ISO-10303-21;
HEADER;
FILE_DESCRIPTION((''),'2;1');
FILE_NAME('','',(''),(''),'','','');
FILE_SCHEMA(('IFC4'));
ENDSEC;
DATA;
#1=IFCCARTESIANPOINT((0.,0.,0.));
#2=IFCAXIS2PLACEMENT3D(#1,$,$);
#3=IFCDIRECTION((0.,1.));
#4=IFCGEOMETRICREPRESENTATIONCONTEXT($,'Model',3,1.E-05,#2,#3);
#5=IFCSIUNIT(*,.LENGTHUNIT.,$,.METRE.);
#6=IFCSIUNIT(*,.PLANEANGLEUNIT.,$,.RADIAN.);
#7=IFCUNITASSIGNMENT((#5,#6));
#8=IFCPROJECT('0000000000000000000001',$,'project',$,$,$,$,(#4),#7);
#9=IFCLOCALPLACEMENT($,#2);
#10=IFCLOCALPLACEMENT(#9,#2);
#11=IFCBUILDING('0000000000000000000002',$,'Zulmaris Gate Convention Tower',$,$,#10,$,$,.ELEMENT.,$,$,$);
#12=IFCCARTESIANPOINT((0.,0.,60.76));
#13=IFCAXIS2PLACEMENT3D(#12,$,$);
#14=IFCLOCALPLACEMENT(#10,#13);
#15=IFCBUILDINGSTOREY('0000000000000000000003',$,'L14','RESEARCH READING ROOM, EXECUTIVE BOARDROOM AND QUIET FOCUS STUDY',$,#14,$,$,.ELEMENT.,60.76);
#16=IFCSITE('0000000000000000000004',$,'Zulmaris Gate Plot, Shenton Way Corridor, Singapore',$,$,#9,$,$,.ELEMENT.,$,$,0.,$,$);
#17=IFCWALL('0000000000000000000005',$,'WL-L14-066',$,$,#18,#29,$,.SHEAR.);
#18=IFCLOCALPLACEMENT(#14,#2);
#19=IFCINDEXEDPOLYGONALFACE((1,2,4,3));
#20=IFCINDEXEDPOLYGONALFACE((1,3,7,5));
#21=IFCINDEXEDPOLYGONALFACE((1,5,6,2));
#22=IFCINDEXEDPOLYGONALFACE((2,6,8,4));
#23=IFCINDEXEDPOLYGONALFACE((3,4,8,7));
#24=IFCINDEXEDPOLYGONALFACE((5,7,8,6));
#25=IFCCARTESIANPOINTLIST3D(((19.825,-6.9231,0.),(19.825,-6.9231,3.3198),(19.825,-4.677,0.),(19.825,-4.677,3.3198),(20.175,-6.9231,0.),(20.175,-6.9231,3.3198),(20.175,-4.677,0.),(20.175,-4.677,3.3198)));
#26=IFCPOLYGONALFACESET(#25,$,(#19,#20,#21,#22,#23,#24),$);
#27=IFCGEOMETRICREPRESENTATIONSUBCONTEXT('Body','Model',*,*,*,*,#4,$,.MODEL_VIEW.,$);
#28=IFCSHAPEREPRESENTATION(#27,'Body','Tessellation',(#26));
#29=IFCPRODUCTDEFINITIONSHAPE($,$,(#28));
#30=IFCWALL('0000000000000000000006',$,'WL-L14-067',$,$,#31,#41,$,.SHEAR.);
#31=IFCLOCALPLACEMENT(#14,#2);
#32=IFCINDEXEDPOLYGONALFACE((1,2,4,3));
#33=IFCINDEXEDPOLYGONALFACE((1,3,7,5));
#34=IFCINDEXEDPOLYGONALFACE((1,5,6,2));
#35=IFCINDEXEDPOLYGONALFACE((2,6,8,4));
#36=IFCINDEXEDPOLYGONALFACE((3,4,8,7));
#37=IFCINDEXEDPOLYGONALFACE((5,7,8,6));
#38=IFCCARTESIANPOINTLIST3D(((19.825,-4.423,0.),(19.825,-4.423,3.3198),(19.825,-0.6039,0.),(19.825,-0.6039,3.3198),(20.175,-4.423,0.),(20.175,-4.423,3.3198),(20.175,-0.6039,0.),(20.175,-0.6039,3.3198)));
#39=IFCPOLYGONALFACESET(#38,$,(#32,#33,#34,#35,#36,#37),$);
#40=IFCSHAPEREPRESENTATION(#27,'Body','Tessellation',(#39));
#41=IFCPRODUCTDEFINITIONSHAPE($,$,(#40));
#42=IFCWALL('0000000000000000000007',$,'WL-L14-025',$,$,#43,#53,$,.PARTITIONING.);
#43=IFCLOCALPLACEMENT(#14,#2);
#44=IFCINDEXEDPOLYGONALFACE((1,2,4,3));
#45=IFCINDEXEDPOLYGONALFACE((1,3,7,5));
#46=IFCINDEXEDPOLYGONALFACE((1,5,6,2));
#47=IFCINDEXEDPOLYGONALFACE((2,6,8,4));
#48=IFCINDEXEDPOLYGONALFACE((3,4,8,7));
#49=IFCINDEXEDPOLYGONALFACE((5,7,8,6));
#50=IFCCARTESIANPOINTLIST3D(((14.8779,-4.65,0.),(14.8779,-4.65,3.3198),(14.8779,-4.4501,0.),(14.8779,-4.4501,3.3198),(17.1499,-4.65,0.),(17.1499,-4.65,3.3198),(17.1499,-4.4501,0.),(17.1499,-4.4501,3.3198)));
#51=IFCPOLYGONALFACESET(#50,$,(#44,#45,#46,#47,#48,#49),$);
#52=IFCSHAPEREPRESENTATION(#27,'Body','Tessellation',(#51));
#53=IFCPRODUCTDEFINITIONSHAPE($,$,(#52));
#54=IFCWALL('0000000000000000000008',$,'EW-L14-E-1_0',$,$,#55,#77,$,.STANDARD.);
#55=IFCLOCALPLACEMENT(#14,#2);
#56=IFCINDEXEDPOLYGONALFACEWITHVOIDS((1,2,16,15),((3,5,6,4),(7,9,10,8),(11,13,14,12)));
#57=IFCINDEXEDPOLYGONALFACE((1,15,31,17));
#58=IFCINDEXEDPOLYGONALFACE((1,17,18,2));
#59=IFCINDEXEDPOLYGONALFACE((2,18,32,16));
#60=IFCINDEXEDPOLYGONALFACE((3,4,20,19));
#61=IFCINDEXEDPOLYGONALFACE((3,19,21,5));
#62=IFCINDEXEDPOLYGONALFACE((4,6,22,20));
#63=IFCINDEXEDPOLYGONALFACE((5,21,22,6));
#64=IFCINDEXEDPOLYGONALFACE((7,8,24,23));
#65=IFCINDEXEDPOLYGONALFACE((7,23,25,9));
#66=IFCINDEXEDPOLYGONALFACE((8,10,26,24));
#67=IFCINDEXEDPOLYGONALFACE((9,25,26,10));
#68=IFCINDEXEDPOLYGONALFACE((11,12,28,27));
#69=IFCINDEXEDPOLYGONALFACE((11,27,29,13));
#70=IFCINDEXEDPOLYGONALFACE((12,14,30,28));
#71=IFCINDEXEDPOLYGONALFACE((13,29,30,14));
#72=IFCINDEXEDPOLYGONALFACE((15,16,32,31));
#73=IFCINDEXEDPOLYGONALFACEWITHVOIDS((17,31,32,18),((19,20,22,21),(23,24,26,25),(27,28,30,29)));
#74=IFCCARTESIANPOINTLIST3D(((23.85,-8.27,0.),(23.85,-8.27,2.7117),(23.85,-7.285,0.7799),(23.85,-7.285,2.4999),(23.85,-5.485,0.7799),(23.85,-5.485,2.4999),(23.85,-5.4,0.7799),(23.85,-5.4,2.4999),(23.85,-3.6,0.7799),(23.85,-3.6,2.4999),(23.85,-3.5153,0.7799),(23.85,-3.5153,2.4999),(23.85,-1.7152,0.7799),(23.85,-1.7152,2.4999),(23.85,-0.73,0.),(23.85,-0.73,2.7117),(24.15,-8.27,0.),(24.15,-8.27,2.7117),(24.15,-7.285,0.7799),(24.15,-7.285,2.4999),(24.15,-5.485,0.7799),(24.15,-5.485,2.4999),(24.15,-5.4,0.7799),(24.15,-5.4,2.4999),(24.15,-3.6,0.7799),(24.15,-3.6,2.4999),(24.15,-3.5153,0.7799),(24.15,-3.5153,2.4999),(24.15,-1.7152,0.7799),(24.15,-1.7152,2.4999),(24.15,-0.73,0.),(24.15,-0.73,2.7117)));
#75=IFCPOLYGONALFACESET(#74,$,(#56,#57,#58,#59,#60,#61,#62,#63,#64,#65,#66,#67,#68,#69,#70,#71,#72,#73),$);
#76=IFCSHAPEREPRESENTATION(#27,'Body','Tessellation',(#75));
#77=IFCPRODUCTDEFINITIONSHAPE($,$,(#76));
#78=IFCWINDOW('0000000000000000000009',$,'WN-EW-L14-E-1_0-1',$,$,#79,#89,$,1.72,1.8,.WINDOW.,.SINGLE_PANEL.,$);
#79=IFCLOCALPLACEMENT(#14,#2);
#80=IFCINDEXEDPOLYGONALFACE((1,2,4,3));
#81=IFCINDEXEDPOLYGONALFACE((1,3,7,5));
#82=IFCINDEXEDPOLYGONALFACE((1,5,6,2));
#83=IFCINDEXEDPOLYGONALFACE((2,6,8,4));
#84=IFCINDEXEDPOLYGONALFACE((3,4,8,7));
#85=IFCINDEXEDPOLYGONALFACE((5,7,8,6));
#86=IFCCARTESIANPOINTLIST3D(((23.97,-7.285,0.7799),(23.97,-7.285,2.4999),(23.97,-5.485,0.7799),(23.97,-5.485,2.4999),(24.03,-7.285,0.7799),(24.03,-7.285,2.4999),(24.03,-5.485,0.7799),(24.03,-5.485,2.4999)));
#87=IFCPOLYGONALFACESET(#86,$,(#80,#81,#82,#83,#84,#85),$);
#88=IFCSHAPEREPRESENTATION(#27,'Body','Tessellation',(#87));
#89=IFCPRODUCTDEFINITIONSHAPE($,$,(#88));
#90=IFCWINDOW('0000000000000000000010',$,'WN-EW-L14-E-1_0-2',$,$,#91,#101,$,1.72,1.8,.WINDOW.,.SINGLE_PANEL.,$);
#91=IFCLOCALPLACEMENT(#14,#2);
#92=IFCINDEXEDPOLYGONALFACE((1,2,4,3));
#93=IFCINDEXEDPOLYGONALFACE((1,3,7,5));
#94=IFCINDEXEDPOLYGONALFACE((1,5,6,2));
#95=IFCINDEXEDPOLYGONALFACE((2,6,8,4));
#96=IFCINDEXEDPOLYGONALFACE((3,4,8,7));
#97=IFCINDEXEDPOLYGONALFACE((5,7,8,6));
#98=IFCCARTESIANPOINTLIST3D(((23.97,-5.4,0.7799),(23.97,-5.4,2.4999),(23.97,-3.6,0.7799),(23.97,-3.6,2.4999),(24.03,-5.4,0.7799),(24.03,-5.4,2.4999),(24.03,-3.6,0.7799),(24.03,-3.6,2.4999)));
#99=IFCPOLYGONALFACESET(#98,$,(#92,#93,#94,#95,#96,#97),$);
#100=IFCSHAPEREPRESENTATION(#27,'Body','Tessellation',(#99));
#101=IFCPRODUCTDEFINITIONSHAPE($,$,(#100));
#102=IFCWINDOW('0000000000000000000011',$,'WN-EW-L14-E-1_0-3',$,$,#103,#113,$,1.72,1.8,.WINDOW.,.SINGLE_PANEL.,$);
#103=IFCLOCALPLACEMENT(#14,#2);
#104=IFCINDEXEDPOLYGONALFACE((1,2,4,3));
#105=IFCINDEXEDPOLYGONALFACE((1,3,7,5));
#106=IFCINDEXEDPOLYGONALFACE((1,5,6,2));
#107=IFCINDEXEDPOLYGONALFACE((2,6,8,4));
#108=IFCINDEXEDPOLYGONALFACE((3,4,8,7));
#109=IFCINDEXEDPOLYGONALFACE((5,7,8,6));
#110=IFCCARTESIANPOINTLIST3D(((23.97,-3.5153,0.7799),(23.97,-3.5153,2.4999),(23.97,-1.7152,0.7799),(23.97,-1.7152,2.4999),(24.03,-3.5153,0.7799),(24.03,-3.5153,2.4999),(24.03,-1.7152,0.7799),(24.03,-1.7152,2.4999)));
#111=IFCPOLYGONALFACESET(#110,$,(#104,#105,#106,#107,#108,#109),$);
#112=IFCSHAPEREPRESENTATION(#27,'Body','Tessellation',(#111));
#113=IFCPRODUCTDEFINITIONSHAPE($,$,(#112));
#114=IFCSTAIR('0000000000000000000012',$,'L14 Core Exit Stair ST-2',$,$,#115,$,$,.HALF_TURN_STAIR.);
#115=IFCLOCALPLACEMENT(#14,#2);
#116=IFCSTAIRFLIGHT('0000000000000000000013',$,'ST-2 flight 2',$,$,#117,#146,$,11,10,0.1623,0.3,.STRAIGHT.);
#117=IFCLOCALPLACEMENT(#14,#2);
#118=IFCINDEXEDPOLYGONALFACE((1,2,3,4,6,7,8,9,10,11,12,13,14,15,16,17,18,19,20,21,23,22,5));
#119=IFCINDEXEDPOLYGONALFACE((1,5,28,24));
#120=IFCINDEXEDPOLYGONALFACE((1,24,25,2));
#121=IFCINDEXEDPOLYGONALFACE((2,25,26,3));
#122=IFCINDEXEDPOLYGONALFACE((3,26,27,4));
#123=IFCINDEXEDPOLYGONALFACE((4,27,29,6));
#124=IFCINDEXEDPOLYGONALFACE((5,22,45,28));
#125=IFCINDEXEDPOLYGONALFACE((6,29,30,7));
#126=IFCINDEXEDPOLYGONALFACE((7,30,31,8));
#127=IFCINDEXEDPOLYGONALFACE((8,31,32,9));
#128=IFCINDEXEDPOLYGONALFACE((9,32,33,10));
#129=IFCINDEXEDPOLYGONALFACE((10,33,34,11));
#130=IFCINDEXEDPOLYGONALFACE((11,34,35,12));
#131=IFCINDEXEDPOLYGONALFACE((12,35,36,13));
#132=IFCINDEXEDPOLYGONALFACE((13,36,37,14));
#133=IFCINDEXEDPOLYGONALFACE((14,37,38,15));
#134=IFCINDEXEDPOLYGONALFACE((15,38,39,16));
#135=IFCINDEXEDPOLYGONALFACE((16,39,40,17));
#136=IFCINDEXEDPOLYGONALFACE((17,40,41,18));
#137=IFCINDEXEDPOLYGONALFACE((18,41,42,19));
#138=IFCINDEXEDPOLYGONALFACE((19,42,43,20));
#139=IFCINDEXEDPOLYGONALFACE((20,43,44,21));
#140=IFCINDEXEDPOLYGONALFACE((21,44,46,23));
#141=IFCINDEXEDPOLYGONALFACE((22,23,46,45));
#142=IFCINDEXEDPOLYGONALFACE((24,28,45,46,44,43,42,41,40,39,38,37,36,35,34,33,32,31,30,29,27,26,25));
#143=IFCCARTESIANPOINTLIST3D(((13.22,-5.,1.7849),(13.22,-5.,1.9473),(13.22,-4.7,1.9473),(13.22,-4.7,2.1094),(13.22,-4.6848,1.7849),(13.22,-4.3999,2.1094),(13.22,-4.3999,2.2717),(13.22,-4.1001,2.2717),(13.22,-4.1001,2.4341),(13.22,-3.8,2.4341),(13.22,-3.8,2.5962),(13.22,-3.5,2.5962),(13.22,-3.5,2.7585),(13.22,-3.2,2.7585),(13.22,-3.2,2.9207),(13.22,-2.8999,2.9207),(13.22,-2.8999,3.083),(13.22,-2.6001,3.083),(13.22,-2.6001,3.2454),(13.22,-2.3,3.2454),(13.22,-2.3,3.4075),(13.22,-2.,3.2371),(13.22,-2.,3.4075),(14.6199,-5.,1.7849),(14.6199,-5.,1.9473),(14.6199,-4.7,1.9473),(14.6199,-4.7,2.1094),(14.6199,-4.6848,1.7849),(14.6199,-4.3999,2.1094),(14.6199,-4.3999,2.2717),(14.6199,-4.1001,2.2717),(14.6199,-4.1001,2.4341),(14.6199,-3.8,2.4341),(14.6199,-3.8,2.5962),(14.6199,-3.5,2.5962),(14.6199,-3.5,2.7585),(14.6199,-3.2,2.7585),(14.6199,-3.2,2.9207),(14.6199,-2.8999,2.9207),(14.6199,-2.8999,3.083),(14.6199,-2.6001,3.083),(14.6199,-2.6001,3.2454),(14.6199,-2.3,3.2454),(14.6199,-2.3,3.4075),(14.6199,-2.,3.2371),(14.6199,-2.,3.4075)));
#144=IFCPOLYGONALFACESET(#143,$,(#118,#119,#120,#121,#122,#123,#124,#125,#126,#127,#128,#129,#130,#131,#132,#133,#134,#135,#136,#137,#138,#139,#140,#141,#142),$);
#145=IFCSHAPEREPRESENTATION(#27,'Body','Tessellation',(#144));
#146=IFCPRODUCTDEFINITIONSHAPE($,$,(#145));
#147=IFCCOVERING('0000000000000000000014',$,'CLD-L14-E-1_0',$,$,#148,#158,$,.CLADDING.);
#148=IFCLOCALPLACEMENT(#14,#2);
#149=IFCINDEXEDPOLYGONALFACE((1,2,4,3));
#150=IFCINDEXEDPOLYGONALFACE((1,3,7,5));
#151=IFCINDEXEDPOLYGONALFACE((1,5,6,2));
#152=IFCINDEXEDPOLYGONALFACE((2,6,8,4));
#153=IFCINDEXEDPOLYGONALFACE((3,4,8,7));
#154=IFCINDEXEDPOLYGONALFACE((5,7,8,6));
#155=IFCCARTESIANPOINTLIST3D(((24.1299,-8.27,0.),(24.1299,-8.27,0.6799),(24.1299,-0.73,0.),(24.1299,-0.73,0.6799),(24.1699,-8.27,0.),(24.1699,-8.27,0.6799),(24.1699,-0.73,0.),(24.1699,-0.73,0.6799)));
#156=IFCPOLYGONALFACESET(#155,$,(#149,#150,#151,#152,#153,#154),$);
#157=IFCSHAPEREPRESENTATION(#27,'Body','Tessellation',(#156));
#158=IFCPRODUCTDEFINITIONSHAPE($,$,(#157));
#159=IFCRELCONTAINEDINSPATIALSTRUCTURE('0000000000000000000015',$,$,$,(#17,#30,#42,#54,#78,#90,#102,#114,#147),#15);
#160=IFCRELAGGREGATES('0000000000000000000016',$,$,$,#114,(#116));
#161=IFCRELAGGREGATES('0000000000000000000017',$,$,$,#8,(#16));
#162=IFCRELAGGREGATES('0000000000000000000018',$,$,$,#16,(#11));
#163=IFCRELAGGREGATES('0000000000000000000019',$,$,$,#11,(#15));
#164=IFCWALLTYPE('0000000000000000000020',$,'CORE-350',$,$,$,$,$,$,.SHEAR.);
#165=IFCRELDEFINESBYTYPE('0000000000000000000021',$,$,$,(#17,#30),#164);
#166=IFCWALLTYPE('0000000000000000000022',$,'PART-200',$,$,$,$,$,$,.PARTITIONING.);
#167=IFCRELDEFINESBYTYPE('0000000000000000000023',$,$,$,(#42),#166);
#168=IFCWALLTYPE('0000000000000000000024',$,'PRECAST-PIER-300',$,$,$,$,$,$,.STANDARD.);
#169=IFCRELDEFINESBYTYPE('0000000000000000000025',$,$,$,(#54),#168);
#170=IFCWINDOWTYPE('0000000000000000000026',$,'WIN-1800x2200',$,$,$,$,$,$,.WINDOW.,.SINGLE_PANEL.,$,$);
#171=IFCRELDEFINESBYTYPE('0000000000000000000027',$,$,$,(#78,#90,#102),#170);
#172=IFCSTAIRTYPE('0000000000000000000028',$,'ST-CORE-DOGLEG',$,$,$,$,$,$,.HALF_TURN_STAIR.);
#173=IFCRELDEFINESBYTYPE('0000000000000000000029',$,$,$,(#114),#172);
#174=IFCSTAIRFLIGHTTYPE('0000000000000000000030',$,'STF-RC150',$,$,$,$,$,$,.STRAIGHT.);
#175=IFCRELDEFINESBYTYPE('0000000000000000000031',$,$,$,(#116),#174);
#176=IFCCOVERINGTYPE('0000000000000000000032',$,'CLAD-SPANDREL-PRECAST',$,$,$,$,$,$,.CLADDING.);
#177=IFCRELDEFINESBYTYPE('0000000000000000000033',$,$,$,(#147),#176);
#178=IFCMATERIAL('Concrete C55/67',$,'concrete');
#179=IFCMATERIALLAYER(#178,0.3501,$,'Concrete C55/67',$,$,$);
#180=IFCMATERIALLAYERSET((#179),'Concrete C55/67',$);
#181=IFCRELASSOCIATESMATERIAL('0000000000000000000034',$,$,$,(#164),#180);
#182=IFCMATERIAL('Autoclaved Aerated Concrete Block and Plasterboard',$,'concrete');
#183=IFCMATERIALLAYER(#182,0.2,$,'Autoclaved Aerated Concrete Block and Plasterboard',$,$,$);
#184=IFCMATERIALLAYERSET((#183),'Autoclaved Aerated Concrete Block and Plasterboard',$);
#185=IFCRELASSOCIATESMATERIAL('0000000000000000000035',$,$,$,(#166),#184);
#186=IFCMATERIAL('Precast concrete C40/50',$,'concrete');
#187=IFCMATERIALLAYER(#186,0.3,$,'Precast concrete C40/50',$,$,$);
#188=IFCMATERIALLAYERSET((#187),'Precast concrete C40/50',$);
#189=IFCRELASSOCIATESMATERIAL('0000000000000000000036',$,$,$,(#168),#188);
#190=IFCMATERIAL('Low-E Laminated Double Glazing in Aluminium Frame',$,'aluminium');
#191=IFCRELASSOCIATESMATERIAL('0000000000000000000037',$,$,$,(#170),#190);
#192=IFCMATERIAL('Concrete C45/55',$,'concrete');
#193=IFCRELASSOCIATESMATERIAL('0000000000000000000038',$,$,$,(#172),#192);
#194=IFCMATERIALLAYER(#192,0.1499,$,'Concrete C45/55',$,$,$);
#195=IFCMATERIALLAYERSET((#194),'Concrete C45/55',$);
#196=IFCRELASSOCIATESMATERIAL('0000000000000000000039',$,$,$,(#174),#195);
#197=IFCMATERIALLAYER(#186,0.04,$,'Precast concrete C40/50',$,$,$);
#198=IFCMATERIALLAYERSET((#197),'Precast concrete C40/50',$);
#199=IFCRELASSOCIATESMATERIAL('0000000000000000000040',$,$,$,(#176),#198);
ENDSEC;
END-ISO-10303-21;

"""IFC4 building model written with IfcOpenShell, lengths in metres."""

from ifc_helpers import new_model, si_unit, direction, frame, frame_2d, origin, place, context, subcontext, project, spatial, polyline, rectangle, outline, extrude, material, layer, layer_set, type_object, element, fill, aggregate, save


model = new_model("IFC4")

# Units and contexts
model_context = context("Model", 3, precision=1e-05, world=origin(), true_north=direction((0.0, 1.0)))
body_context = subcontext(model_context, "Body", "Model", "MODEL_VIEW")
ifc_project = project(units=[si_unit("LENGTHUNIT", "METRE"), si_unit("PLANEANGLEUNIT", "RADIAN")], contexts=[model_context])

# Site, building, storey
site_placement = place(None, origin())
site = spatial("IfcSite", under=ifc_project, at=site_placement, Name="Zulmaris Gate Plot, Shenton Way Corridor, Singapore", CompositionType="ELEMENT", RefElevation=0.0)
building_placement = place(site_placement, origin())
building = spatial("IfcBuilding", under=site, at=building_placement, Name="Zulmaris Gate Convention Tower", CompositionType="ELEMENT")
storey_placement = place(building_placement, frame((0.0, 0.0, 60.76)))
storey = spatial("IfcBuildingStorey", under=building, at=storey_placement, Name="L14", Description="RESEARCH READING ROOM, EXECUTIVE BOARDROOM AND QUIET FOCUS STUDY", CompositionType="ELEMENT", Elevation=60.76)

# Walls
ifc_material_1 = material(Name="Concrete C55/67", Category="concrete")
ifc_layer_1 = layer(ifc_material_1, 0.3501, Name="Concrete C55/67")
ifc_layer_set_1 = layer_set([ifc_layer_1], Name="Concrete C55/67")
wall_type_1 = type_object("IfcWallType", Name="CORE-350", PredefinedType="SHEAR", material=ifc_layer_set_1)
wall_1_placement = place(storey_placement, frame((20.0, -6.9231, 0.0), z_axis=(0.0, 0.0, 1.0), x_axis=(0.0, 1.0, 0.0)))
element("IfcWall", 1, at=wall_1_placement, inside=storey, type_object=wall_type_1, Name="WL-L14-066", PredefinedType="SHEAR", context=body_context, shape_type="SweptSolid", body=[
    extrude(rectangle(XDim=2.2461, YDim=0.3501, at=frame_2d((1.123, 0.0))), origin(), (0.0, 0.0, 1.0), 3.3198),
])
wall_2_placement = place(storey_placement, frame((20.0, -4.4231, 0.0), z_axis=(0.0, 0.0, 1.0), x_axis=(0.0, 1.0, 0.0)))
element("IfcWall", 2, at=wall_2_placement, inside=storey, type_object=wall_type_1, Name="WL-L14-067", PredefinedType="SHEAR", context=body_context, shape_type="SweptSolid", body=[
    extrude(rectangle(XDim=3.8191, YDim=0.3501, at=frame_2d((1.9097, 0.0))), origin(), (0.0, 0.0, 1.0), 3.3198),
])
ifc_material_2 = material(Name="Autoclaved Aerated Concrete Block and Plasterboard", Category="concrete")
ifc_layer_2 = layer(ifc_material_2, 0.2, Name="Autoclaved Aerated Concrete Block and Plasterboard")
ifc_layer_set_2 = layer_set([ifc_layer_2], Name="Autoclaved Aerated Concrete Block and Plasterboard")
wall_type_2 = type_object("IfcWallType", Name="PART-200", PredefinedType="PARTITIONING", material=ifc_layer_set_2)
wall_3_placement = place(storey_placement, frame((14.8779, -4.55, 0.0), z_axis=(0.0, 0.0, 1.0), x_axis=(1.0, 0.0, 0.0)))
element("IfcWall", 3, at=wall_3_placement, inside=storey, type_object=wall_type_2, Name="WL-L14-025", PredefinedType="PARTITIONING", context=body_context, shape_type="SweptSolid", body=[
    extrude(rectangle(XDim=2.272, YDim=0.2, at=frame_2d((1.136, 0.0))), origin(), (0.0, 0.0, 1.0), 3.3198),
])

# Wall, openings, windows
ifc_material_3 = material(Name="Precast concrete C40/50", Category="concrete")
ifc_layer_3 = layer(ifc_material_3, 0.3, Name="Precast concrete C40/50")
ifc_layer_set_3 = layer_set([ifc_layer_3], Name="Precast concrete C40/50")
wall_type_3 = type_object("IfcWallType", Name="PRECAST-PIER-300", PredefinedType="STANDARD", material=ifc_layer_set_3)
wall_4_placement = place(storey_placement, frame((24.0, -8.27, 0.0), z_axis=(0.0, 0.0, 1.0), x_axis=(0.0, 1.0, 0.0)))
wall_4 = element("IfcWall", 4, at=wall_4_placement, inside=storey, type_object=wall_type_3, Name="EW-L14-E-1_0", PredefinedType="STANDARD", context=body_context, shape_type="SweptSolid", body=[
    extrude(rectangle(XDim=7.54, YDim=0.3, at=frame_2d((3.77, 0.0))), origin(), (0.0, 0.0, 1.0), 2.7117),
])
opening_1_placement = place(wall_4_placement, frame((0.9851, 0.0, 0.78)))
opening_1 = element("IfcOpeningElement", 5, at=opening_1_placement, cuts=wall_4, PredefinedType="OPENING", context=body_context, shape_type="SweptSolid", body=[
    extrude(rectangle(XDim=1.8, YDim=1.72, at=frame_2d((0.8999, 0.8599))), frame((0.0, 0.1602, 0.0), z_axis=(0.0, -1.0, 0.0), x_axis=(1.0, 0.0, 0.0)), (0.0, 0.0, 1.0), 0.3201),
])
opening_2_placement = place(wall_4_placement, frame((2.8701, 0.0, 0.78)))
opening_2 = element("IfcOpeningElement", 6, at=opening_2_placement, cuts=wall_4, PredefinedType="OPENING", context=body_context, shape_type="SweptSolid", body=[
    extrude(rectangle(XDim=1.8, YDim=1.72, at=frame_2d((0.8999, 0.8599))), frame((0.0, 0.1602, 0.0), z_axis=(0.0, -1.0, 0.0), x_axis=(1.0, 0.0, 0.0)), (0.0, 0.0, 1.0), 0.3201),
])
opening_3_placement = place(wall_4_placement, frame((4.7549, 0.0, 0.78)))
opening_3 = element("IfcOpeningElement", 7, at=opening_3_placement, cuts=wall_4, PredefinedType="OPENING", context=body_context, shape_type="SweptSolid", body=[
    extrude(rectangle(XDim=1.8, YDim=1.72, at=frame_2d((0.8999, 0.8599))), frame((0.0, 0.1602, 0.0), z_axis=(0.0, -1.0, 0.0), x_axis=(1.0, 0.0, 0.0)), (0.0, 0.0, 1.0), 0.3201),
])
ifc_material_4 = material(Name="Low-E Laminated Double Glazing in Aluminium Frame", Category="aluminium")
window_type = type_object("IfcWindowType", Name="WIN-1800x2200", PartitioningType="SINGLE_PANEL", PredefinedType="WINDOW", material=ifc_material_4)
window_1_placement = place(opening_1_placement, origin())
window_1 = element("IfcWindow", 8, at=window_1_placement, inside=storey, type_object=window_type, Name="WN-EW-L14-E-1_0-1", OverallHeight=1.72, OverallWidth=1.8, PartitioningType="SINGLE_PANEL", PredefinedType="WINDOW", context=body_context, shape_type="SweptSolid", body=[
    extrude(rectangle(XDim=1.8, YDim=1.72, at=frame_2d((0.8999, 0.8599))), frame((0.0, 0.03, 0.0), z_axis=(0.0, -1.0, 0.0), x_axis=(1.0, 0.0, 0.0)), (0.0, 0.0, 1.0), 0.0601),
])
fill(opening_1, window_1)
window_2_placement = place(opening_2_placement, origin())
window_2 = element("IfcWindow", 9, at=window_2_placement, inside=storey, type_object=window_type, Name="WN-EW-L14-E-1_0-2", OverallHeight=1.72, OverallWidth=1.8, PartitioningType="SINGLE_PANEL", PredefinedType="WINDOW", context=body_context, shape_type="SweptSolid", body=[
    extrude(rectangle(XDim=1.8, YDim=1.72, at=frame_2d((0.8999, 0.8599))), frame((0.0, 0.03, 0.0), z_axis=(0.0, -1.0, 0.0), x_axis=(1.0, 0.0, 0.0)), (0.0, 0.0, 1.0), 0.0601),
])
fill(opening_2, window_2)
window_3_placement = place(opening_3_placement, origin())
window_3 = element("IfcWindow", 10, at=window_3_placement, inside=storey, type_object=window_type, Name="WN-EW-L14-E-1_0-3", OverallHeight=1.72, OverallWidth=1.8, PartitioningType="SINGLE_PANEL", PredefinedType="WINDOW", context=body_context, shape_type="SweptSolid", body=[
    extrude(rectangle(XDim=1.8, YDim=1.72, at=frame_2d((0.8999, 0.8599))), frame((0.0, 0.03, 0.0), z_axis=(0.0, -1.0, 0.0), x_axis=(1.0, 0.0, 0.0)), (0.0, 0.0, 1.0), 0.0601),
])
fill(opening_3, window_3)

# Stair, stair flight
ifc_material_5 = material(Name="Concrete C45/55", Category="concrete")
stair_type = type_object("IfcStairType", Name="ST-CORE-DOGLEG", PredefinedType="HALF_TURN_STAIR", material=ifc_material_5)
stair_placement = place(storey_placement, origin())
stair = element("IfcStair", 11, at=stair_placement, inside=storey, type_object=stair_type, Name="L14 Core Exit Stair ST-2", PredefinedType="HALF_TURN_STAIR")
ifc_layer_4 = layer(ifc_material_5, 0.1499, Name="Concrete C45/55")
ifc_layer_set_4 = layer_set([ifc_layer_4], Name="Concrete C45/55")
stair_flight_type = type_object("IfcStairFlightType", Name="STF-RC150", PredefinedType="STRAIGHT", material=ifc_layer_set_4)
stair_flight_placement = place(storey_placement, frame((13.9199, -5.0, 1.7849), z_axis=(0.0, 0.0, 1.0), x_axis=(0.0, 1.0, 0.0)))
stair_flight = element("IfcStairFlight", 12, at=stair_flight_placement, type_object=stair_flight_type, Name="ST-2 flight 2", NumberOfRisers=11, NumberOfTreads=10, PredefinedType="STRAIGHT", RiserHeight=0.1623, TreadLength=0.3, context=body_context, shape_type="SweptSolid", body=[
    extrude(outline(polyline([(0.0, 0.0), (0.0, 0.1624), (0.3, 0.1624), (0.3, 0.3245), (0.6001, 0.3245), (0.6001, 0.4868), (0.8999, 0.4868), (0.8999, 0.6492), (1.2, 0.6492), (1.2, 0.8113), (1.5, 0.8113), (1.5, 0.9736), (1.8, 0.9736), (1.8, 1.1357), (2.1001, 1.1357), (2.1001, 1.2981), (2.3999, 1.2981), (2.3999, 1.4604), (2.7, 1.4604), (2.7, 1.6226), (3.0, 1.6226), (3.0, 1.7849), (3.0, 1.4521), (0.3152, 0.0), (0.0, 0.0)])), frame((0.0, 0.7, 0.0), z_axis=(0.0, -1.0, 0.0), x_axis=(1.0, 0.0, 0.0)), (0.0, 0.0, 1.0), 1.3999),
])
aggregate(stair, [stair_flight])

# Covering
ifc_layer_5 = layer(ifc_material_3, 0.04, Name="Precast concrete C40/50")
ifc_layer_set_5 = layer_set([ifc_layer_5], Name="Precast concrete C40/50")
covering_type = type_object("IfcCoveringType", Name="CLAD-SPANDREL-PRECAST", PredefinedType="CLADDING", material=ifc_layer_set_5)
covering_placement = place(storey_placement, frame((24.1499, -8.27, 0.0), z_axis=(0.0, 0.0, 1.0), x_axis=(0.0, 1.0, 0.0)))
element("IfcCovering", 13, at=covering_placement, inside=storey, type_object=covering_type, Name="CLD-L14-E-1_0", PredefinedType="CLADDING", context=body_context, shape_type="SweptSolid", body=[
    extrude(rectangle(XDim=7.54, YDim=0.04, at=frame_2d((3.77, 0.0))), origin(), (0.0, 0.0, 1.0), 0.6799),
])

save(model, "model.ifc")
